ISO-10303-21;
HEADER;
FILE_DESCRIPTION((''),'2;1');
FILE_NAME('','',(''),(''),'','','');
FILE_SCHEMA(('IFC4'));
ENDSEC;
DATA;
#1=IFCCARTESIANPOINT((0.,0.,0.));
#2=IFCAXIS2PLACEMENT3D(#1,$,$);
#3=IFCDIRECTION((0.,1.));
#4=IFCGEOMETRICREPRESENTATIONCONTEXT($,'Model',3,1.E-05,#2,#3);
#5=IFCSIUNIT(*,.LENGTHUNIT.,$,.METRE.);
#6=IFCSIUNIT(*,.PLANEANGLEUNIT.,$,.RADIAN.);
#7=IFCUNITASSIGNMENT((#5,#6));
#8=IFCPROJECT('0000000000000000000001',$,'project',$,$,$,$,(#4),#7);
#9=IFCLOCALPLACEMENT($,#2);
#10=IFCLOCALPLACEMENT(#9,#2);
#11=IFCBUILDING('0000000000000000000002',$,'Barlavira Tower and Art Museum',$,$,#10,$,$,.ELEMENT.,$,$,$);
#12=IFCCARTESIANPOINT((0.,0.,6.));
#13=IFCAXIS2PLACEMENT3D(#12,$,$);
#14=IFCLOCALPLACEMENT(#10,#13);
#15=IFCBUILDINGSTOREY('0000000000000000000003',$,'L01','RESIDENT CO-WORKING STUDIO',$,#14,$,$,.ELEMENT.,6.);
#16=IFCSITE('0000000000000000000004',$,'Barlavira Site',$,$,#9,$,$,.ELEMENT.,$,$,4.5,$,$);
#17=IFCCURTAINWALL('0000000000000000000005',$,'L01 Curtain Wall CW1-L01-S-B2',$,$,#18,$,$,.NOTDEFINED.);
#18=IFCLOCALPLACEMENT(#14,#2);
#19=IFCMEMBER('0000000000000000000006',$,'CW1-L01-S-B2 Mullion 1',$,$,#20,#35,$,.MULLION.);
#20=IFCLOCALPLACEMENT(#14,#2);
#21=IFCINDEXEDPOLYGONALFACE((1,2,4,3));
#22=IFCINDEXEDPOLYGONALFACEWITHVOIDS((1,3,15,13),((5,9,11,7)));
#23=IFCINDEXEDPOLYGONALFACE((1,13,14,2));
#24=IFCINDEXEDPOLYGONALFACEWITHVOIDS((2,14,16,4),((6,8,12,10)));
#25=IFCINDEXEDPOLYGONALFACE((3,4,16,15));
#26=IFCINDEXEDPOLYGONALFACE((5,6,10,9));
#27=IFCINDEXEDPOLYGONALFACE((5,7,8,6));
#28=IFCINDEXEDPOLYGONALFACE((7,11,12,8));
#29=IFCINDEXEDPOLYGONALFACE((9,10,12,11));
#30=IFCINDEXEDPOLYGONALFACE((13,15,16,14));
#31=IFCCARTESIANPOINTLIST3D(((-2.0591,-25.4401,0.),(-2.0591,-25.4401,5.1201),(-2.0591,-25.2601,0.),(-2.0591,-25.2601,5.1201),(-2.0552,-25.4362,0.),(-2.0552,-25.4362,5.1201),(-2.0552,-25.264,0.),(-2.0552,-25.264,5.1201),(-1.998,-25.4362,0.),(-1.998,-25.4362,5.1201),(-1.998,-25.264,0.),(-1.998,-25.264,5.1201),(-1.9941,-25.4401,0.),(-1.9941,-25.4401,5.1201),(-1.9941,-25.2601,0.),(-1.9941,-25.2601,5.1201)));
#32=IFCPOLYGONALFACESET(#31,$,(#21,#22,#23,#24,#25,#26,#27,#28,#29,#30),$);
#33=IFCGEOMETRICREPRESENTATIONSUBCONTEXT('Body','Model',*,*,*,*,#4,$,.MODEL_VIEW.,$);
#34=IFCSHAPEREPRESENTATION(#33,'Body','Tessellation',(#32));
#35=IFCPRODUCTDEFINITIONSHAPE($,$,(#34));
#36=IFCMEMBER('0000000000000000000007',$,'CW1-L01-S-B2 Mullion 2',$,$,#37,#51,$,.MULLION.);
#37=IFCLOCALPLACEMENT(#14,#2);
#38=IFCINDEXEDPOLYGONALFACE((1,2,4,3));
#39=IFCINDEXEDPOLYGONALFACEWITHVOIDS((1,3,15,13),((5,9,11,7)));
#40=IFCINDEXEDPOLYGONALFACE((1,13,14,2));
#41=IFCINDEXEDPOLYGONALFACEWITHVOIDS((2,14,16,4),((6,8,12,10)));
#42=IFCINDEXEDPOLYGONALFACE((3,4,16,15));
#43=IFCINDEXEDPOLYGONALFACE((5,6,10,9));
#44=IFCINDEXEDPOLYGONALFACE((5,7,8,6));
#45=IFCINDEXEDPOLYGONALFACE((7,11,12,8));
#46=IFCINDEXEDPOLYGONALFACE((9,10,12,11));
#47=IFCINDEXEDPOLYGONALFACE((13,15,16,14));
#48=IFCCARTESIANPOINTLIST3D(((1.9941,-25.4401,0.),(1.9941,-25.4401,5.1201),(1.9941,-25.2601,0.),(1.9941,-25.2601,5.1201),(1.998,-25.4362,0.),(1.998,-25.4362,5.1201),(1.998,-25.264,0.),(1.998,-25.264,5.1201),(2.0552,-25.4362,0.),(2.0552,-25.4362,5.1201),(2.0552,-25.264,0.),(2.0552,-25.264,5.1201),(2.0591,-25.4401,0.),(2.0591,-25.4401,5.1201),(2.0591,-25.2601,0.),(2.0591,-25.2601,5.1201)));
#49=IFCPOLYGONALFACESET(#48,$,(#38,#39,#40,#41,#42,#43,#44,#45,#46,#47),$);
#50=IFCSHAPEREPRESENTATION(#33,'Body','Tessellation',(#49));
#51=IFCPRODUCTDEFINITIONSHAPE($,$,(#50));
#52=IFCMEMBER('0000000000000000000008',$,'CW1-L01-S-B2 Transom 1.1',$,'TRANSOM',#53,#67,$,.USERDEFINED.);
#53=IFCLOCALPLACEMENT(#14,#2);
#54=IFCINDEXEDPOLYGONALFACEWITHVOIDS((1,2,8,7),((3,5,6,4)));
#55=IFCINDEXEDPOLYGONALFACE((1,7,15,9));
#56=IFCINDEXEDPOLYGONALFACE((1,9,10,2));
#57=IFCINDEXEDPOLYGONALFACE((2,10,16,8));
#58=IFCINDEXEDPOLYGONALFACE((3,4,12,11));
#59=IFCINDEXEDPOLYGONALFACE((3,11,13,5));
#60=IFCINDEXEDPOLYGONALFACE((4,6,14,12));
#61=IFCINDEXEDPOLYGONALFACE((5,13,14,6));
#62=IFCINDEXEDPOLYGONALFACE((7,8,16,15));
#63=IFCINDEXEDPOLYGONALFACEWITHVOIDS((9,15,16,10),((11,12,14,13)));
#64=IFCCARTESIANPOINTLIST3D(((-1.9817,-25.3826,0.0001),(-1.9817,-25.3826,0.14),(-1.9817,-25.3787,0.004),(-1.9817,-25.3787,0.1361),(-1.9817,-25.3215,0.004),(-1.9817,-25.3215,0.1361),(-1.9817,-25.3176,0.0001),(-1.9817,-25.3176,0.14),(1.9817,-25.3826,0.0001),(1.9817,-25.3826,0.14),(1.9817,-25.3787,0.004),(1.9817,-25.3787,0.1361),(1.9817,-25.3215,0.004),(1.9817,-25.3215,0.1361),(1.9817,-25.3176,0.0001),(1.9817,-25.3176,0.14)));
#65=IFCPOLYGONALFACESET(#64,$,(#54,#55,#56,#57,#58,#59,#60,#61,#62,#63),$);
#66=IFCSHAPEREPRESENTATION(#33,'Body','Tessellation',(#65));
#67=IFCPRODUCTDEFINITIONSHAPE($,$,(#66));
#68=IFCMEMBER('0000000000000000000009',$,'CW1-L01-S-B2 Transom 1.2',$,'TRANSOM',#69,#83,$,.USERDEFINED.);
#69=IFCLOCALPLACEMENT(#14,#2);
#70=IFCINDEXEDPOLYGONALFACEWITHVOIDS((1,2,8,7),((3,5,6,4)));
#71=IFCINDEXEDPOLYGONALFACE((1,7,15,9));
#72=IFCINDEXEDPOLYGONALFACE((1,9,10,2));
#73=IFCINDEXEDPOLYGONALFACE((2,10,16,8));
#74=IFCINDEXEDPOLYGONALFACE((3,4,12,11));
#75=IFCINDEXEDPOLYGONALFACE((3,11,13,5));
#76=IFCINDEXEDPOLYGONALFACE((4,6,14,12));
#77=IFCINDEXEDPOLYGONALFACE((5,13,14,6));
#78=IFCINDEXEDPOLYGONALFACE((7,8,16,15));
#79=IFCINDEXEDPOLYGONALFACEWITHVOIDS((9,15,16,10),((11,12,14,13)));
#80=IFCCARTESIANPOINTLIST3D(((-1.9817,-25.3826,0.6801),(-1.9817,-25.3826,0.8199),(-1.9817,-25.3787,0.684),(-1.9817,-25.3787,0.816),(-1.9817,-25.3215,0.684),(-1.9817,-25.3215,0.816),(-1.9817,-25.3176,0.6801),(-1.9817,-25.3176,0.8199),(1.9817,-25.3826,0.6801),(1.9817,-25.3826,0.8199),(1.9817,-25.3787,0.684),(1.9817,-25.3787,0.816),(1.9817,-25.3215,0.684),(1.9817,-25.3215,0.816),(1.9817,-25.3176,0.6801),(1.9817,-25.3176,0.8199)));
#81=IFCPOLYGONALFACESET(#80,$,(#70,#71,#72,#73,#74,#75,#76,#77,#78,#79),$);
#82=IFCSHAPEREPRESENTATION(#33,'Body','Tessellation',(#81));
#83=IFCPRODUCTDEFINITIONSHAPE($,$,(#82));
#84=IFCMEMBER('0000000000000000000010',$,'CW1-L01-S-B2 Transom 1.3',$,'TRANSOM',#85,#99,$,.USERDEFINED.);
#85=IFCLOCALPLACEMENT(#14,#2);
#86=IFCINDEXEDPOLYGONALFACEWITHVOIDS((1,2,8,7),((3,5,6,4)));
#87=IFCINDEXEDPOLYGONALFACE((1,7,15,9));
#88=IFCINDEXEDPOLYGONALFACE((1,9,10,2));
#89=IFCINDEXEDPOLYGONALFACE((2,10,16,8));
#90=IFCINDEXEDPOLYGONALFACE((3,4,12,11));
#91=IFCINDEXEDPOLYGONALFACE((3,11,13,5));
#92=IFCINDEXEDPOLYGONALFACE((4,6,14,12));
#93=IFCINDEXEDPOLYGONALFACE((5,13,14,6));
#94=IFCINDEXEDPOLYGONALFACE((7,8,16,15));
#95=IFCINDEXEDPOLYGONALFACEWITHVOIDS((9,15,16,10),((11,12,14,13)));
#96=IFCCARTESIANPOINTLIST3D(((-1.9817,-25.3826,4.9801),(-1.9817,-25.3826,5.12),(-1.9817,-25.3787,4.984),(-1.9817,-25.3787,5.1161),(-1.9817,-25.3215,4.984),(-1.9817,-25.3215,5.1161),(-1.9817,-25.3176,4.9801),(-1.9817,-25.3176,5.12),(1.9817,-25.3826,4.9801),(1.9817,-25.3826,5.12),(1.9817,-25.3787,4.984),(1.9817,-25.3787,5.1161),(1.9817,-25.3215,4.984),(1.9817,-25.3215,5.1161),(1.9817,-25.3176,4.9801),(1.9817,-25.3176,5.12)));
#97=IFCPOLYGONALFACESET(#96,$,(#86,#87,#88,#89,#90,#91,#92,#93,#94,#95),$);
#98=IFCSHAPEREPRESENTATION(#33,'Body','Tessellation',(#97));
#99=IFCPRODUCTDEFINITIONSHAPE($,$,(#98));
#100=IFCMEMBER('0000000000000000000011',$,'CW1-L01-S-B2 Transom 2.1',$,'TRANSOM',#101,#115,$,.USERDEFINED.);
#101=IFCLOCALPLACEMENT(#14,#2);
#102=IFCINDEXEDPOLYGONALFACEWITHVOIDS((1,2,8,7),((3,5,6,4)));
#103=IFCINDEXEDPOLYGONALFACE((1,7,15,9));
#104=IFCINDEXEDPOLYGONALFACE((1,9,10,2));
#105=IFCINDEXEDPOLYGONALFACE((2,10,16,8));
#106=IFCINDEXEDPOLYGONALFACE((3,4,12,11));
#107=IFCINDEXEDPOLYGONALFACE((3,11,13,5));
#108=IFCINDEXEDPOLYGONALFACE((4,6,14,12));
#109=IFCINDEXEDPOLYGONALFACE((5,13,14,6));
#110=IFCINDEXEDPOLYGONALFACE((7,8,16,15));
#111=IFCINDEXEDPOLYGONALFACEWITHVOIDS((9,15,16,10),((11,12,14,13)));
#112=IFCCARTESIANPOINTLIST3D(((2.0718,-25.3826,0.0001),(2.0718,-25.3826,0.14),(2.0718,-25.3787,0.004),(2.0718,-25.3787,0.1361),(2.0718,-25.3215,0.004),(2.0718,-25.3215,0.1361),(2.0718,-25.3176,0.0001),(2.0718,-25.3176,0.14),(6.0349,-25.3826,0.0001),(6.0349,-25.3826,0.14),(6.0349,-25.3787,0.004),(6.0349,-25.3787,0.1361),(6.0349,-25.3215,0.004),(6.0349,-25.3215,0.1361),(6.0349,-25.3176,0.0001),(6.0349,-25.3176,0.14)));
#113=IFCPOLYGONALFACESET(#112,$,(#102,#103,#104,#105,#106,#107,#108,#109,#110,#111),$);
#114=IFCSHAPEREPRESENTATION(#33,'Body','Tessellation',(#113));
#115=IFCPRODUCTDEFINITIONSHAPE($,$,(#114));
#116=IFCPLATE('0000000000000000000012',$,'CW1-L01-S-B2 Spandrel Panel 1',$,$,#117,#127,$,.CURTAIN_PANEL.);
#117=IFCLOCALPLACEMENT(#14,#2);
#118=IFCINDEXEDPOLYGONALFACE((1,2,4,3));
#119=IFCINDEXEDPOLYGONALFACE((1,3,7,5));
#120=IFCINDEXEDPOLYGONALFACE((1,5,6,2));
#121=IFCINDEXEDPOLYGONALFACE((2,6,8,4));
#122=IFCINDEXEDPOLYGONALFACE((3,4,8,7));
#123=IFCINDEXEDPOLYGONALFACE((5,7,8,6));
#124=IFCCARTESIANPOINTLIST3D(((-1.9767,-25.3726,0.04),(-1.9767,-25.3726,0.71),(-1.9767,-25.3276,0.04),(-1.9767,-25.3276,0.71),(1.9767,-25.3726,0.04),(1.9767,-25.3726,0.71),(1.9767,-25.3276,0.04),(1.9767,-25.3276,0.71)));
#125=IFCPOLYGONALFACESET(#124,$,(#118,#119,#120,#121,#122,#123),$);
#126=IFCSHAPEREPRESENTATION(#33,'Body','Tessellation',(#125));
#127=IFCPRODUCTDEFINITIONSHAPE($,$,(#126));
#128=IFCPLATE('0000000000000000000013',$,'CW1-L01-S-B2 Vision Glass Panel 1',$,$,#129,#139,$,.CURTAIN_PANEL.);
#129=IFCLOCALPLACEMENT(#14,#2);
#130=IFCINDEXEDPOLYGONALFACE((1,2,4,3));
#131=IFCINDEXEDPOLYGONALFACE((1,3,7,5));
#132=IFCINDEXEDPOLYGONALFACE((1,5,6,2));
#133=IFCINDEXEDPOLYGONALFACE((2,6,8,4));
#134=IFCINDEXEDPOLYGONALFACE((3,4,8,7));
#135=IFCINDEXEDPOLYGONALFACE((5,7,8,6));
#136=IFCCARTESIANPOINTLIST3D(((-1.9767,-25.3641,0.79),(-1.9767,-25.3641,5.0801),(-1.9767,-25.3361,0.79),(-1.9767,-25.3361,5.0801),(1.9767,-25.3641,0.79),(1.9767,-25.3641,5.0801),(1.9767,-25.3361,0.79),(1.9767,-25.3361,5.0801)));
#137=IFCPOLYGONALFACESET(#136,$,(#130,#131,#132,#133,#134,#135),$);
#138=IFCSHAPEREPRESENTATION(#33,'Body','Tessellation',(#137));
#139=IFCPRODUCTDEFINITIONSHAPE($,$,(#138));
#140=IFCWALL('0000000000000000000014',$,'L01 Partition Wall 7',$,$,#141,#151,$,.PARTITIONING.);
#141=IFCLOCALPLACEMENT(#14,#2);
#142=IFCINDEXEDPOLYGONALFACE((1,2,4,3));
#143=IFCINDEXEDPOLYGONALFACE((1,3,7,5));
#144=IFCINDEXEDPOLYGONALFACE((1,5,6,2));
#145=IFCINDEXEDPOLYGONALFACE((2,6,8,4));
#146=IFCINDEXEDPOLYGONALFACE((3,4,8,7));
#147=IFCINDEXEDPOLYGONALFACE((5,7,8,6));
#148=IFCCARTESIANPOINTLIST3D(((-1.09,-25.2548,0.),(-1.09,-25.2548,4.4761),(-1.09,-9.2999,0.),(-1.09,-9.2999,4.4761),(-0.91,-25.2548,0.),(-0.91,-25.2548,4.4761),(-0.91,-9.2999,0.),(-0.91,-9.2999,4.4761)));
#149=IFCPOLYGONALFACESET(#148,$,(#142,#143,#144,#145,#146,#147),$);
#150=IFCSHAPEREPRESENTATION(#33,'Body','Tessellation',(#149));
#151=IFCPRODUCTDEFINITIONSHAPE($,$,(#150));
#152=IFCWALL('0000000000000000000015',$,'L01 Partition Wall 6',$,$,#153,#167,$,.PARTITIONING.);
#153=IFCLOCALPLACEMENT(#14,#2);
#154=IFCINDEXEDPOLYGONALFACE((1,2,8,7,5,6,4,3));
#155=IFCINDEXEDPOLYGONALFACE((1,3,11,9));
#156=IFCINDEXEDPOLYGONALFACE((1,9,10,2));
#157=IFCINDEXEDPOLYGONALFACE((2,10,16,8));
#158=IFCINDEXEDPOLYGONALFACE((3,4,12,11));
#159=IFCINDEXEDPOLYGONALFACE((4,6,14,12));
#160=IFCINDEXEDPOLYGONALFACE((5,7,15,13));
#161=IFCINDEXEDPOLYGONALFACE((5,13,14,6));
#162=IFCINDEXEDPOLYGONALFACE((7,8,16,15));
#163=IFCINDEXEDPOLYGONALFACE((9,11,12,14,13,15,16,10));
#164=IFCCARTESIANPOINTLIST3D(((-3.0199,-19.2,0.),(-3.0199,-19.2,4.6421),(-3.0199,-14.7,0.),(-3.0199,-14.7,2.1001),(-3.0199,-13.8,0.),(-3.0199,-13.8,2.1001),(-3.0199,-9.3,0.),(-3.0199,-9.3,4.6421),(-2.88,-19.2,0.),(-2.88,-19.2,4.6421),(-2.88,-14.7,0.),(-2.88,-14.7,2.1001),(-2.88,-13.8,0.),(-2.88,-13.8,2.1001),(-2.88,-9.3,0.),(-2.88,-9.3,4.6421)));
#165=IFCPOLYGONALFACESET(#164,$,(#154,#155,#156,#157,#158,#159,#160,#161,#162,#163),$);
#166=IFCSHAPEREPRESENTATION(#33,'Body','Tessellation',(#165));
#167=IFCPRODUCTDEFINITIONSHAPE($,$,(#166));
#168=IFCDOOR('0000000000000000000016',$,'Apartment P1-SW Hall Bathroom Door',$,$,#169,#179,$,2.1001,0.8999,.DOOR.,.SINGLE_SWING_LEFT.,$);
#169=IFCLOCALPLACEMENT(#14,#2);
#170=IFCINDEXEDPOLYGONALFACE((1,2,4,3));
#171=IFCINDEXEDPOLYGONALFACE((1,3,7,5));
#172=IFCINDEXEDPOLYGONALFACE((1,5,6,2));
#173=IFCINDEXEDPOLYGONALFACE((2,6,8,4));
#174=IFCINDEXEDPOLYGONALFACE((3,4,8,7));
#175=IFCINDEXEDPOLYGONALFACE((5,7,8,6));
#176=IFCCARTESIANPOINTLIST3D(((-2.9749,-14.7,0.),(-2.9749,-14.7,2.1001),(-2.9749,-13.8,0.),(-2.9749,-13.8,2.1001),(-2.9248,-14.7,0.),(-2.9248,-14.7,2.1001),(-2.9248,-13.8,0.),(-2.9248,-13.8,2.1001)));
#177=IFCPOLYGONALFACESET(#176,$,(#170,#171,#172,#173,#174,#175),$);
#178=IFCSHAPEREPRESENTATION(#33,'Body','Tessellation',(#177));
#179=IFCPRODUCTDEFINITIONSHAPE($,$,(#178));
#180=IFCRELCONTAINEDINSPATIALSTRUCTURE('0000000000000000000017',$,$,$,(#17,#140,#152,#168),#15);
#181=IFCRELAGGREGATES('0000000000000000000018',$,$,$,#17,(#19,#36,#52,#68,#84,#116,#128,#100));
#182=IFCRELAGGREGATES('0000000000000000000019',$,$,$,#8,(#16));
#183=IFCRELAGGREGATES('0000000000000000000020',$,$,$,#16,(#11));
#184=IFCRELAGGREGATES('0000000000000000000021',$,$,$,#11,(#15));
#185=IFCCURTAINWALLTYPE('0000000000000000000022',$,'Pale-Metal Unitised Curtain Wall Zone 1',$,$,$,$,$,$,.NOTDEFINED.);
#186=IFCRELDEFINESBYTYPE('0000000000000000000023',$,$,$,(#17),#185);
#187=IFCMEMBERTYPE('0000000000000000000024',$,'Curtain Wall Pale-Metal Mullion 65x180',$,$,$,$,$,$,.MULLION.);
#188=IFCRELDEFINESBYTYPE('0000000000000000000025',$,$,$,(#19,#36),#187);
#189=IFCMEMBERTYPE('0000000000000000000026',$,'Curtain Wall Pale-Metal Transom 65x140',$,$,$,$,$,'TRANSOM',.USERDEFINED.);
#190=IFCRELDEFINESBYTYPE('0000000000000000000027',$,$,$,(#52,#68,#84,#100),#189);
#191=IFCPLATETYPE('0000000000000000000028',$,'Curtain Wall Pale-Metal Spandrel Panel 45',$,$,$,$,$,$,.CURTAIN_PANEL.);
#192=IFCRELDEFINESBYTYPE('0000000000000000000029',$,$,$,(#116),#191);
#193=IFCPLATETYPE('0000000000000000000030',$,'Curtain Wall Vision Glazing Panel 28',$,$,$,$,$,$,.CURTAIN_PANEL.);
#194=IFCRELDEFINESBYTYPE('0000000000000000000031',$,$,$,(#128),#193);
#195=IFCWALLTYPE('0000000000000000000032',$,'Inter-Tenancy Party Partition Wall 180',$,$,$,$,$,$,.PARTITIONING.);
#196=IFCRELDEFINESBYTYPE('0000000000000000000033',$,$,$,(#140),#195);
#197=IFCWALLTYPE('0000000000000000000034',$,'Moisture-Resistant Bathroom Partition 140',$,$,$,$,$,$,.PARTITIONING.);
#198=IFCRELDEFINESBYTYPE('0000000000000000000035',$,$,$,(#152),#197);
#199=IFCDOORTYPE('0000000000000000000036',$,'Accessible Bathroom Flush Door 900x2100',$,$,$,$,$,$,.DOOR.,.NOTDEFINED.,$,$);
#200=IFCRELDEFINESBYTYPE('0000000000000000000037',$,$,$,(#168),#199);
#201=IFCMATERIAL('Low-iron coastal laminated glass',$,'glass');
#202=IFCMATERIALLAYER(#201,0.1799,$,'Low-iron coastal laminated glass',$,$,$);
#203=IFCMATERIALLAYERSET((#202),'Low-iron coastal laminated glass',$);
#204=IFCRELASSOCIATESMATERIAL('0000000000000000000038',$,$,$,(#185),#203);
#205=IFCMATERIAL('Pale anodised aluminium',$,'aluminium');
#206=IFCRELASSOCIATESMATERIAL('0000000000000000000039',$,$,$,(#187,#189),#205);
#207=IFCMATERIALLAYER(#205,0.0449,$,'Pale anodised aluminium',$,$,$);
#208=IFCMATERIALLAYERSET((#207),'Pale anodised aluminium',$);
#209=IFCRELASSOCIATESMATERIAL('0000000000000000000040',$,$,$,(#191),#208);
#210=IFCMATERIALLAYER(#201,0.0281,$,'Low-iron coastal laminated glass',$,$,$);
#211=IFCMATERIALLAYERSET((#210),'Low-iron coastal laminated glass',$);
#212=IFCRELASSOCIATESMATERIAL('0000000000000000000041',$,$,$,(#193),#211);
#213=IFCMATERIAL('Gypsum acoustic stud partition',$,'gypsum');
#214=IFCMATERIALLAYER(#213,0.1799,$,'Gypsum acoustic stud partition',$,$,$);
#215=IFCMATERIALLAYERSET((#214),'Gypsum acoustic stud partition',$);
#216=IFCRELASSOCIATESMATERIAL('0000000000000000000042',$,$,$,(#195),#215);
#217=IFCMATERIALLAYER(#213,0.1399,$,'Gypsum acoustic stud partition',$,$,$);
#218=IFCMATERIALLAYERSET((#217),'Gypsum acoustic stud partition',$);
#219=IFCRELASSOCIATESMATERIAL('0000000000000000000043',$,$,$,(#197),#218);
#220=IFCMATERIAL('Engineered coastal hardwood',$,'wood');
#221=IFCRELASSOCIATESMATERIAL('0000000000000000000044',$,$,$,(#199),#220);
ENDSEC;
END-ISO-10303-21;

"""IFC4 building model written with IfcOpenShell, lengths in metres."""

from ifc_helpers import new_model, si_unit, direction, frame, frame_2d, origin, origin_2d, place, context, subcontext, project, spatial, rectangle, hollow_rectangle, extrude, material, layer, layer_set, material_profile, profile_set, type_object, element, fill, aggregate, save


model = new_model("IFC4")

# Units and contexts
model_context = context("Model", 3, precision=1e-05, world=origin(), true_north=direction((0.0, 1.0)))
body_context = subcontext(model_context, "Body", "Model", "MODEL_VIEW")
ifc_project = project(units=[si_unit("LENGTHUNIT", "METRE"), si_unit("PLANEANGLEUNIT", "RADIAN")], contexts=[model_context])

# Site, building, storey
site_placement = place(None, origin())
site = spatial("IfcSite", under=ifc_project, at=site_placement, Name="Barlavira Site", CompositionType="ELEMENT", RefElevation=4.5)
building_placement = place(site_placement, origin())
building = spatial("IfcBuilding", under=site, at=building_placement, Name="Barlavira Tower and Art Museum", CompositionType="ELEMENT")
storey_placement = place(building_placement, frame((0.0, 0.0, 6.0)))
storey = spatial("IfcBuildingStorey", under=building, at=storey_placement, Name="L01", Description="RESIDENT CO-WORKING STUDIO", CompositionType="ELEMENT", Elevation=6.0)

# Curtain wall, members, plates
ifc_material_1 = material(Name="Low-iron coastal laminated glass", Category="glass")
ifc_layer_1 = layer(ifc_material_1, 0.1799, Name="Low-iron coastal laminated glass")
ifc_layer_set_1 = layer_set([ifc_layer_1], Name="Low-iron coastal laminated glass")
curtain_wall_type = type_object("IfcCurtainWallType", Name="Pale-Metal Unitised Curtain Wall Zone 1", PredefinedType="NOTDEFINED", material=ifc_layer_set_1)
curtain_wall_placement = place(storey_placement, origin())
curtain_wall = element("IfcCurtainWall", 1, at=curtain_wall_placement, inside=storey, type_object=curtain_wall_type, Name="L01 Curtain Wall CW1-L01-S-B2", PredefinedType="NOTDEFINED")
ifc_material_2 = material(Name="Pale anodised aluminium", Category="aluminium")
ifc_material_profile_1 = material_profile(ifc_material_2, hollow_rectangle(XDim=0.0649, YDim=0.1799, WallThickness=0.0039, at=origin_2d()), Name="ALU-MULL 65x180x4")
ifc_profile_set_1 = profile_set([ifc_material_profile_1], Name="Pale anodised aluminium")
member_type_1 = type_object("IfcMemberType", Name="Curtain Wall Pale-Metal Mullion 65x180", PredefinedType="MULLION", material=ifc_profile_set_1)
member_1_placement = place(storey_placement, frame((-2.0266, -25.3501, 0.0), z_axis=(0.0, 0.0, 1.0), x_axis=(1.0, 0.0, 0.0)))
member_1 = element("IfcMember", 2, at=member_1_placement, type_object=member_type_1, Name="CW1-L01-S-B2 Mullion 1", PredefinedType="MULLION", context=body_context, shape_type="SweptSolid", body=[
    extrude(hollow_rectangle(XDim=0.0649, YDim=0.1799, WallThickness=0.0039, at=origin_2d()), origin(), (0.0, 0.0, 1.0), 5.1201),
])
member_2_placement = place(storey_placement, frame((2.0266, -25.3501, 0.0), z_axis=(0.0, 0.0, 1.0), x_axis=(1.0, 0.0, 0.0)))
member_2 = element("IfcMember", 3, at=member_2_placement, type_object=member_type_1, Name="CW1-L01-S-B2 Mullion 2", PredefinedType="MULLION", context=body_context, shape_type="SweptSolid", body=[
    extrude(hollow_rectangle(XDim=0.0649, YDim=0.1799, WallThickness=0.0039, at=origin_2d()), origin(), (0.0, 0.0, 1.0), 5.1201),
])
ifc_material_profile_2 = material_profile(ifc_material_2, hollow_rectangle(XDim=0.0649, YDim=0.1399, WallThickness=0.0039, at=origin_2d()), Name="ALU-TRAN 65x140x4")
ifc_profile_set_2 = profile_set([ifc_material_profile_2], Name="Pale anodised aluminium")
member_type_2 = type_object("IfcMemberType", Name="Curtain Wall Pale-Metal Transom 65x140", ElementType="TRANSOM", PredefinedType="USERDEFINED", material=ifc_profile_set_2)
member_3_placement = place(storey_placement, frame((-1.9817, -25.3501, 0.0701), z_axis=(1.0, 0.0, 0.0), x_axis=(0.0, 1.0, 0.0)))
member_3 = element("IfcMember", 4, at=member_3_placement, type_object=member_type_2, Name="CW1-L01-S-B2 Transom 1.1", ObjectType="TRANSOM", PredefinedType="USERDEFINED", context=body_context, shape_type="SweptSolid", body=[
    extrude(hollow_rectangle(XDim=0.0649, YDim=0.1399, WallThickness=0.0039, at=origin_2d()), origin(), (0.0, 0.0, 1.0), 3.9634),
])
member_4_placement = place(storey_placement, frame((-1.9817, -25.3501, 0.75), z_axis=(1.0, 0.0, 0.0), x_axis=(0.0, 1.0, 0.0)))
member_4 = element("IfcMember", 5, at=member_4_placement, type_object=member_type_2, Name="CW1-L01-S-B2 Transom 1.2", ObjectType="TRANSOM", PredefinedType="USERDEFINED", context=body_context, shape_type="SweptSolid", body=[
    extrude(hollow_rectangle(XDim=0.0649, YDim=0.1399, WallThickness=0.0039, at=origin_2d()), origin(), (0.0, 0.0, 1.0), 3.9634),
])
member_5_placement = place(storey_placement, frame((-1.9817, -25.3501, 5.05), z_axis=(1.0, 0.0, 0.0), x_axis=(0.0, 1.0, 0.0)))
member_5 = element("IfcMember", 6, at=member_5_placement, type_object=member_type_2, Name="CW1-L01-S-B2 Transom 1.3", ObjectType="TRANSOM", PredefinedType="USERDEFINED", context=body_context, shape_type="SweptSolid", body=[
    extrude(hollow_rectangle(XDim=0.0649, YDim=0.1399, WallThickness=0.0039, at=origin_2d()), origin(), (0.0, 0.0, 1.0), 3.9634),
])
member_6_placement = place(storey_placement, frame((2.0718, -25.3501, 0.0701), z_axis=(1.0, 0.0, 0.0), x_axis=(0.0, 1.0, 0.0)))
member_6 = element("IfcMember", 7, at=member_6_placement, type_object=member_type_2, Name="CW1-L01-S-B2 Transom 2.1", ObjectType="TRANSOM", PredefinedType="USERDEFINED", context=body_context, shape_type="SweptSolid", body=[
    extrude(hollow_rectangle(XDim=0.0649, YDim=0.1399, WallThickness=0.0039, at=origin_2d()), origin(), (0.0, 0.0, 1.0), 3.9631),
])
ifc_layer_2 = layer(ifc_material_2, 0.0449, Name="Pale anodised aluminium")
ifc_layer_set_2 = layer_set([ifc_layer_2], Name="Pale anodised aluminium")
plate_type_1 = type_object("IfcPlateType", Name="Curtain Wall Pale-Metal Spandrel Panel 45", PredefinedType="CURTAIN_PANEL", material=ifc_layer_set_2)
plate_1_placement = place(storey_placement, frame((0.0, -25.3501, 0.04), z_axis=(0.0, 0.0, 1.0), x_axis=(1.0, 0.0, 0.0)))
plate_1 = element("IfcPlate", 8, at=plate_1_placement, type_object=plate_type_1, Name="CW1-L01-S-B2 Spandrel Panel 1", PredefinedType="CURTAIN_PANEL", context=body_context, shape_type="SweptSolid", body=[
    extrude(rectangle(XDim=3.9534, YDim=0.0449, at=origin_2d()), origin(), (0.0, 0.0, 1.0), 0.6699),
])
ifc_layer_3 = layer(ifc_material_1, 0.0281, Name="Low-iron coastal laminated glass")
ifc_layer_set_3 = layer_set([ifc_layer_3], Name="Low-iron coastal laminated glass")
plate_type_2 = type_object("IfcPlateType", Name="Curtain Wall Vision Glazing Panel 28", PredefinedType="CURTAIN_PANEL", material=ifc_layer_set_3)
plate_2_placement = place(storey_placement, frame((0.0, -25.3501, 0.79), z_axis=(0.0, 0.0, 1.0), x_axis=(1.0, 0.0, 0.0)))
plate_2 = element("IfcPlate", 9, at=plate_2_placement, type_object=plate_type_2, Name="CW1-L01-S-B2 Vision Glass Panel 1", PredefinedType="CURTAIN_PANEL", context=body_context, shape_type="SweptSolid", body=[
    extrude(rectangle(XDim=3.9534, YDim=0.0281, at=origin_2d()), origin(), (0.0, 0.0, 1.0), 4.29),
])
aggregate(curtain_wall, [member_1, member_2, member_3, member_4, member_5, plate_1, plate_2, member_6])

# Wall
ifc_material_3 = material(Name="Gypsum acoustic stud partition", Category="gypsum")
ifc_layer_4 = layer(ifc_material_3, 0.1799, Name="Gypsum acoustic stud partition")
ifc_layer_set_4 = layer_set([ifc_layer_4], Name="Gypsum acoustic stud partition")
wall_type_1 = type_object("IfcWallType", Name="Inter-Tenancy Party Partition Wall 180", PredefinedType="PARTITIONING", material=ifc_layer_set_4)
wall_1_placement = place(storey_placement, frame((-1.0, -25.2549, 0.0), z_axis=(0.0, 0.0, 1.0), x_axis=(0.0, 1.0, 0.0)))
element("IfcWall", 10, at=wall_1_placement, inside=storey, type_object=wall_type_1, Name="L01 Partition Wall 7", PredefinedType="PARTITIONING", context=body_context, shape_type="SweptSolid", body=[
    extrude(rectangle(XDim=15.9548, YDim=0.1799, at=frame_2d((7.9775, 0.0))), origin(), (0.0, 0.0, 1.0), 4.4761),
])

# Wall, opening, door
ifc_layer_5 = layer(ifc_material_3, 0.1399, Name="Gypsum acoustic stud partition")
ifc_layer_set_5 = layer_set([ifc_layer_5], Name="Gypsum acoustic stud partition")
wall_type_2 = type_object("IfcWallType", Name="Moisture-Resistant Bathroom Partition 140", PredefinedType="PARTITIONING", material=ifc_layer_set_5)
wall_2_placement = place(storey_placement, frame((-2.95, -19.2, 0.0), z_axis=(0.0, 0.0, 1.0), x_axis=(0.0, 1.0, 0.0)))
wall_2 = element("IfcWall", 11, at=wall_2_placement, inside=storey, type_object=wall_type_2, Name="L01 Partition Wall 6", PredefinedType="PARTITIONING", context=body_context, shape_type="SweptSolid", body=[
    extrude(rectangle(XDim=9.8999, YDim=0.1399, at=frame_2d((4.95, 0.0))), origin(), (0.0, 0.0, 1.0), 4.6421),
])
opening_1_placement = place(wall_2_placement, frame((4.5, 0.0, 0.0)))
opening_1 = element("IfcOpeningElement", 12, at=opening_1_placement, cuts=wall_2, PredefinedType="OPENING", context=body_context, shape_type="SweptSolid", body=[
    extrude(rectangle(XDim=0.8999, YDim=2.1001, at=frame_2d((0.45, 1.05))), frame((0.0, 0.0801, 0.0), z_axis=(0.0, -1.0, 0.0), x_axis=(1.0, 0.0, 0.0)), (0.0, 0.0, 1.0), 0.1599),
])
ifc_material_4 = material(Name="Engineered coastal hardwood", Category="wood")
door_type_1 = type_object("IfcDoorType", Name="Accessible Bathroom Flush Door 900x2100", OperationType="NOTDEFINED", PredefinedType="DOOR", material=ifc_material_4)
door_1_placement = place(opening_1_placement, origin())
door_1 = element("IfcDoor", 13, at=door_1_placement, inside=storey, type_object=door_type_1, Name="Apartment P1-SW Hall Bathroom Door", OperationType="SINGLE_SWING_LEFT", OverallHeight=2.1001, OverallWidth=0.8999, PredefinedType="DOOR", context=body_context, shape_type="SweptSolid", body=[
    extrude(rectangle(XDim=0.8999, YDim=2.1001, at=frame_2d((0.45, 1.05))), frame((0.0, 0.0249, 0.0), z_axis=(0.0, -1.0, 0.0), x_axis=(1.0, 0.0, 0.0)), (0.0, 0.0, 1.0), 0.05),
])
fill(opening_1, door_1)

save(model, "model.ifc")
